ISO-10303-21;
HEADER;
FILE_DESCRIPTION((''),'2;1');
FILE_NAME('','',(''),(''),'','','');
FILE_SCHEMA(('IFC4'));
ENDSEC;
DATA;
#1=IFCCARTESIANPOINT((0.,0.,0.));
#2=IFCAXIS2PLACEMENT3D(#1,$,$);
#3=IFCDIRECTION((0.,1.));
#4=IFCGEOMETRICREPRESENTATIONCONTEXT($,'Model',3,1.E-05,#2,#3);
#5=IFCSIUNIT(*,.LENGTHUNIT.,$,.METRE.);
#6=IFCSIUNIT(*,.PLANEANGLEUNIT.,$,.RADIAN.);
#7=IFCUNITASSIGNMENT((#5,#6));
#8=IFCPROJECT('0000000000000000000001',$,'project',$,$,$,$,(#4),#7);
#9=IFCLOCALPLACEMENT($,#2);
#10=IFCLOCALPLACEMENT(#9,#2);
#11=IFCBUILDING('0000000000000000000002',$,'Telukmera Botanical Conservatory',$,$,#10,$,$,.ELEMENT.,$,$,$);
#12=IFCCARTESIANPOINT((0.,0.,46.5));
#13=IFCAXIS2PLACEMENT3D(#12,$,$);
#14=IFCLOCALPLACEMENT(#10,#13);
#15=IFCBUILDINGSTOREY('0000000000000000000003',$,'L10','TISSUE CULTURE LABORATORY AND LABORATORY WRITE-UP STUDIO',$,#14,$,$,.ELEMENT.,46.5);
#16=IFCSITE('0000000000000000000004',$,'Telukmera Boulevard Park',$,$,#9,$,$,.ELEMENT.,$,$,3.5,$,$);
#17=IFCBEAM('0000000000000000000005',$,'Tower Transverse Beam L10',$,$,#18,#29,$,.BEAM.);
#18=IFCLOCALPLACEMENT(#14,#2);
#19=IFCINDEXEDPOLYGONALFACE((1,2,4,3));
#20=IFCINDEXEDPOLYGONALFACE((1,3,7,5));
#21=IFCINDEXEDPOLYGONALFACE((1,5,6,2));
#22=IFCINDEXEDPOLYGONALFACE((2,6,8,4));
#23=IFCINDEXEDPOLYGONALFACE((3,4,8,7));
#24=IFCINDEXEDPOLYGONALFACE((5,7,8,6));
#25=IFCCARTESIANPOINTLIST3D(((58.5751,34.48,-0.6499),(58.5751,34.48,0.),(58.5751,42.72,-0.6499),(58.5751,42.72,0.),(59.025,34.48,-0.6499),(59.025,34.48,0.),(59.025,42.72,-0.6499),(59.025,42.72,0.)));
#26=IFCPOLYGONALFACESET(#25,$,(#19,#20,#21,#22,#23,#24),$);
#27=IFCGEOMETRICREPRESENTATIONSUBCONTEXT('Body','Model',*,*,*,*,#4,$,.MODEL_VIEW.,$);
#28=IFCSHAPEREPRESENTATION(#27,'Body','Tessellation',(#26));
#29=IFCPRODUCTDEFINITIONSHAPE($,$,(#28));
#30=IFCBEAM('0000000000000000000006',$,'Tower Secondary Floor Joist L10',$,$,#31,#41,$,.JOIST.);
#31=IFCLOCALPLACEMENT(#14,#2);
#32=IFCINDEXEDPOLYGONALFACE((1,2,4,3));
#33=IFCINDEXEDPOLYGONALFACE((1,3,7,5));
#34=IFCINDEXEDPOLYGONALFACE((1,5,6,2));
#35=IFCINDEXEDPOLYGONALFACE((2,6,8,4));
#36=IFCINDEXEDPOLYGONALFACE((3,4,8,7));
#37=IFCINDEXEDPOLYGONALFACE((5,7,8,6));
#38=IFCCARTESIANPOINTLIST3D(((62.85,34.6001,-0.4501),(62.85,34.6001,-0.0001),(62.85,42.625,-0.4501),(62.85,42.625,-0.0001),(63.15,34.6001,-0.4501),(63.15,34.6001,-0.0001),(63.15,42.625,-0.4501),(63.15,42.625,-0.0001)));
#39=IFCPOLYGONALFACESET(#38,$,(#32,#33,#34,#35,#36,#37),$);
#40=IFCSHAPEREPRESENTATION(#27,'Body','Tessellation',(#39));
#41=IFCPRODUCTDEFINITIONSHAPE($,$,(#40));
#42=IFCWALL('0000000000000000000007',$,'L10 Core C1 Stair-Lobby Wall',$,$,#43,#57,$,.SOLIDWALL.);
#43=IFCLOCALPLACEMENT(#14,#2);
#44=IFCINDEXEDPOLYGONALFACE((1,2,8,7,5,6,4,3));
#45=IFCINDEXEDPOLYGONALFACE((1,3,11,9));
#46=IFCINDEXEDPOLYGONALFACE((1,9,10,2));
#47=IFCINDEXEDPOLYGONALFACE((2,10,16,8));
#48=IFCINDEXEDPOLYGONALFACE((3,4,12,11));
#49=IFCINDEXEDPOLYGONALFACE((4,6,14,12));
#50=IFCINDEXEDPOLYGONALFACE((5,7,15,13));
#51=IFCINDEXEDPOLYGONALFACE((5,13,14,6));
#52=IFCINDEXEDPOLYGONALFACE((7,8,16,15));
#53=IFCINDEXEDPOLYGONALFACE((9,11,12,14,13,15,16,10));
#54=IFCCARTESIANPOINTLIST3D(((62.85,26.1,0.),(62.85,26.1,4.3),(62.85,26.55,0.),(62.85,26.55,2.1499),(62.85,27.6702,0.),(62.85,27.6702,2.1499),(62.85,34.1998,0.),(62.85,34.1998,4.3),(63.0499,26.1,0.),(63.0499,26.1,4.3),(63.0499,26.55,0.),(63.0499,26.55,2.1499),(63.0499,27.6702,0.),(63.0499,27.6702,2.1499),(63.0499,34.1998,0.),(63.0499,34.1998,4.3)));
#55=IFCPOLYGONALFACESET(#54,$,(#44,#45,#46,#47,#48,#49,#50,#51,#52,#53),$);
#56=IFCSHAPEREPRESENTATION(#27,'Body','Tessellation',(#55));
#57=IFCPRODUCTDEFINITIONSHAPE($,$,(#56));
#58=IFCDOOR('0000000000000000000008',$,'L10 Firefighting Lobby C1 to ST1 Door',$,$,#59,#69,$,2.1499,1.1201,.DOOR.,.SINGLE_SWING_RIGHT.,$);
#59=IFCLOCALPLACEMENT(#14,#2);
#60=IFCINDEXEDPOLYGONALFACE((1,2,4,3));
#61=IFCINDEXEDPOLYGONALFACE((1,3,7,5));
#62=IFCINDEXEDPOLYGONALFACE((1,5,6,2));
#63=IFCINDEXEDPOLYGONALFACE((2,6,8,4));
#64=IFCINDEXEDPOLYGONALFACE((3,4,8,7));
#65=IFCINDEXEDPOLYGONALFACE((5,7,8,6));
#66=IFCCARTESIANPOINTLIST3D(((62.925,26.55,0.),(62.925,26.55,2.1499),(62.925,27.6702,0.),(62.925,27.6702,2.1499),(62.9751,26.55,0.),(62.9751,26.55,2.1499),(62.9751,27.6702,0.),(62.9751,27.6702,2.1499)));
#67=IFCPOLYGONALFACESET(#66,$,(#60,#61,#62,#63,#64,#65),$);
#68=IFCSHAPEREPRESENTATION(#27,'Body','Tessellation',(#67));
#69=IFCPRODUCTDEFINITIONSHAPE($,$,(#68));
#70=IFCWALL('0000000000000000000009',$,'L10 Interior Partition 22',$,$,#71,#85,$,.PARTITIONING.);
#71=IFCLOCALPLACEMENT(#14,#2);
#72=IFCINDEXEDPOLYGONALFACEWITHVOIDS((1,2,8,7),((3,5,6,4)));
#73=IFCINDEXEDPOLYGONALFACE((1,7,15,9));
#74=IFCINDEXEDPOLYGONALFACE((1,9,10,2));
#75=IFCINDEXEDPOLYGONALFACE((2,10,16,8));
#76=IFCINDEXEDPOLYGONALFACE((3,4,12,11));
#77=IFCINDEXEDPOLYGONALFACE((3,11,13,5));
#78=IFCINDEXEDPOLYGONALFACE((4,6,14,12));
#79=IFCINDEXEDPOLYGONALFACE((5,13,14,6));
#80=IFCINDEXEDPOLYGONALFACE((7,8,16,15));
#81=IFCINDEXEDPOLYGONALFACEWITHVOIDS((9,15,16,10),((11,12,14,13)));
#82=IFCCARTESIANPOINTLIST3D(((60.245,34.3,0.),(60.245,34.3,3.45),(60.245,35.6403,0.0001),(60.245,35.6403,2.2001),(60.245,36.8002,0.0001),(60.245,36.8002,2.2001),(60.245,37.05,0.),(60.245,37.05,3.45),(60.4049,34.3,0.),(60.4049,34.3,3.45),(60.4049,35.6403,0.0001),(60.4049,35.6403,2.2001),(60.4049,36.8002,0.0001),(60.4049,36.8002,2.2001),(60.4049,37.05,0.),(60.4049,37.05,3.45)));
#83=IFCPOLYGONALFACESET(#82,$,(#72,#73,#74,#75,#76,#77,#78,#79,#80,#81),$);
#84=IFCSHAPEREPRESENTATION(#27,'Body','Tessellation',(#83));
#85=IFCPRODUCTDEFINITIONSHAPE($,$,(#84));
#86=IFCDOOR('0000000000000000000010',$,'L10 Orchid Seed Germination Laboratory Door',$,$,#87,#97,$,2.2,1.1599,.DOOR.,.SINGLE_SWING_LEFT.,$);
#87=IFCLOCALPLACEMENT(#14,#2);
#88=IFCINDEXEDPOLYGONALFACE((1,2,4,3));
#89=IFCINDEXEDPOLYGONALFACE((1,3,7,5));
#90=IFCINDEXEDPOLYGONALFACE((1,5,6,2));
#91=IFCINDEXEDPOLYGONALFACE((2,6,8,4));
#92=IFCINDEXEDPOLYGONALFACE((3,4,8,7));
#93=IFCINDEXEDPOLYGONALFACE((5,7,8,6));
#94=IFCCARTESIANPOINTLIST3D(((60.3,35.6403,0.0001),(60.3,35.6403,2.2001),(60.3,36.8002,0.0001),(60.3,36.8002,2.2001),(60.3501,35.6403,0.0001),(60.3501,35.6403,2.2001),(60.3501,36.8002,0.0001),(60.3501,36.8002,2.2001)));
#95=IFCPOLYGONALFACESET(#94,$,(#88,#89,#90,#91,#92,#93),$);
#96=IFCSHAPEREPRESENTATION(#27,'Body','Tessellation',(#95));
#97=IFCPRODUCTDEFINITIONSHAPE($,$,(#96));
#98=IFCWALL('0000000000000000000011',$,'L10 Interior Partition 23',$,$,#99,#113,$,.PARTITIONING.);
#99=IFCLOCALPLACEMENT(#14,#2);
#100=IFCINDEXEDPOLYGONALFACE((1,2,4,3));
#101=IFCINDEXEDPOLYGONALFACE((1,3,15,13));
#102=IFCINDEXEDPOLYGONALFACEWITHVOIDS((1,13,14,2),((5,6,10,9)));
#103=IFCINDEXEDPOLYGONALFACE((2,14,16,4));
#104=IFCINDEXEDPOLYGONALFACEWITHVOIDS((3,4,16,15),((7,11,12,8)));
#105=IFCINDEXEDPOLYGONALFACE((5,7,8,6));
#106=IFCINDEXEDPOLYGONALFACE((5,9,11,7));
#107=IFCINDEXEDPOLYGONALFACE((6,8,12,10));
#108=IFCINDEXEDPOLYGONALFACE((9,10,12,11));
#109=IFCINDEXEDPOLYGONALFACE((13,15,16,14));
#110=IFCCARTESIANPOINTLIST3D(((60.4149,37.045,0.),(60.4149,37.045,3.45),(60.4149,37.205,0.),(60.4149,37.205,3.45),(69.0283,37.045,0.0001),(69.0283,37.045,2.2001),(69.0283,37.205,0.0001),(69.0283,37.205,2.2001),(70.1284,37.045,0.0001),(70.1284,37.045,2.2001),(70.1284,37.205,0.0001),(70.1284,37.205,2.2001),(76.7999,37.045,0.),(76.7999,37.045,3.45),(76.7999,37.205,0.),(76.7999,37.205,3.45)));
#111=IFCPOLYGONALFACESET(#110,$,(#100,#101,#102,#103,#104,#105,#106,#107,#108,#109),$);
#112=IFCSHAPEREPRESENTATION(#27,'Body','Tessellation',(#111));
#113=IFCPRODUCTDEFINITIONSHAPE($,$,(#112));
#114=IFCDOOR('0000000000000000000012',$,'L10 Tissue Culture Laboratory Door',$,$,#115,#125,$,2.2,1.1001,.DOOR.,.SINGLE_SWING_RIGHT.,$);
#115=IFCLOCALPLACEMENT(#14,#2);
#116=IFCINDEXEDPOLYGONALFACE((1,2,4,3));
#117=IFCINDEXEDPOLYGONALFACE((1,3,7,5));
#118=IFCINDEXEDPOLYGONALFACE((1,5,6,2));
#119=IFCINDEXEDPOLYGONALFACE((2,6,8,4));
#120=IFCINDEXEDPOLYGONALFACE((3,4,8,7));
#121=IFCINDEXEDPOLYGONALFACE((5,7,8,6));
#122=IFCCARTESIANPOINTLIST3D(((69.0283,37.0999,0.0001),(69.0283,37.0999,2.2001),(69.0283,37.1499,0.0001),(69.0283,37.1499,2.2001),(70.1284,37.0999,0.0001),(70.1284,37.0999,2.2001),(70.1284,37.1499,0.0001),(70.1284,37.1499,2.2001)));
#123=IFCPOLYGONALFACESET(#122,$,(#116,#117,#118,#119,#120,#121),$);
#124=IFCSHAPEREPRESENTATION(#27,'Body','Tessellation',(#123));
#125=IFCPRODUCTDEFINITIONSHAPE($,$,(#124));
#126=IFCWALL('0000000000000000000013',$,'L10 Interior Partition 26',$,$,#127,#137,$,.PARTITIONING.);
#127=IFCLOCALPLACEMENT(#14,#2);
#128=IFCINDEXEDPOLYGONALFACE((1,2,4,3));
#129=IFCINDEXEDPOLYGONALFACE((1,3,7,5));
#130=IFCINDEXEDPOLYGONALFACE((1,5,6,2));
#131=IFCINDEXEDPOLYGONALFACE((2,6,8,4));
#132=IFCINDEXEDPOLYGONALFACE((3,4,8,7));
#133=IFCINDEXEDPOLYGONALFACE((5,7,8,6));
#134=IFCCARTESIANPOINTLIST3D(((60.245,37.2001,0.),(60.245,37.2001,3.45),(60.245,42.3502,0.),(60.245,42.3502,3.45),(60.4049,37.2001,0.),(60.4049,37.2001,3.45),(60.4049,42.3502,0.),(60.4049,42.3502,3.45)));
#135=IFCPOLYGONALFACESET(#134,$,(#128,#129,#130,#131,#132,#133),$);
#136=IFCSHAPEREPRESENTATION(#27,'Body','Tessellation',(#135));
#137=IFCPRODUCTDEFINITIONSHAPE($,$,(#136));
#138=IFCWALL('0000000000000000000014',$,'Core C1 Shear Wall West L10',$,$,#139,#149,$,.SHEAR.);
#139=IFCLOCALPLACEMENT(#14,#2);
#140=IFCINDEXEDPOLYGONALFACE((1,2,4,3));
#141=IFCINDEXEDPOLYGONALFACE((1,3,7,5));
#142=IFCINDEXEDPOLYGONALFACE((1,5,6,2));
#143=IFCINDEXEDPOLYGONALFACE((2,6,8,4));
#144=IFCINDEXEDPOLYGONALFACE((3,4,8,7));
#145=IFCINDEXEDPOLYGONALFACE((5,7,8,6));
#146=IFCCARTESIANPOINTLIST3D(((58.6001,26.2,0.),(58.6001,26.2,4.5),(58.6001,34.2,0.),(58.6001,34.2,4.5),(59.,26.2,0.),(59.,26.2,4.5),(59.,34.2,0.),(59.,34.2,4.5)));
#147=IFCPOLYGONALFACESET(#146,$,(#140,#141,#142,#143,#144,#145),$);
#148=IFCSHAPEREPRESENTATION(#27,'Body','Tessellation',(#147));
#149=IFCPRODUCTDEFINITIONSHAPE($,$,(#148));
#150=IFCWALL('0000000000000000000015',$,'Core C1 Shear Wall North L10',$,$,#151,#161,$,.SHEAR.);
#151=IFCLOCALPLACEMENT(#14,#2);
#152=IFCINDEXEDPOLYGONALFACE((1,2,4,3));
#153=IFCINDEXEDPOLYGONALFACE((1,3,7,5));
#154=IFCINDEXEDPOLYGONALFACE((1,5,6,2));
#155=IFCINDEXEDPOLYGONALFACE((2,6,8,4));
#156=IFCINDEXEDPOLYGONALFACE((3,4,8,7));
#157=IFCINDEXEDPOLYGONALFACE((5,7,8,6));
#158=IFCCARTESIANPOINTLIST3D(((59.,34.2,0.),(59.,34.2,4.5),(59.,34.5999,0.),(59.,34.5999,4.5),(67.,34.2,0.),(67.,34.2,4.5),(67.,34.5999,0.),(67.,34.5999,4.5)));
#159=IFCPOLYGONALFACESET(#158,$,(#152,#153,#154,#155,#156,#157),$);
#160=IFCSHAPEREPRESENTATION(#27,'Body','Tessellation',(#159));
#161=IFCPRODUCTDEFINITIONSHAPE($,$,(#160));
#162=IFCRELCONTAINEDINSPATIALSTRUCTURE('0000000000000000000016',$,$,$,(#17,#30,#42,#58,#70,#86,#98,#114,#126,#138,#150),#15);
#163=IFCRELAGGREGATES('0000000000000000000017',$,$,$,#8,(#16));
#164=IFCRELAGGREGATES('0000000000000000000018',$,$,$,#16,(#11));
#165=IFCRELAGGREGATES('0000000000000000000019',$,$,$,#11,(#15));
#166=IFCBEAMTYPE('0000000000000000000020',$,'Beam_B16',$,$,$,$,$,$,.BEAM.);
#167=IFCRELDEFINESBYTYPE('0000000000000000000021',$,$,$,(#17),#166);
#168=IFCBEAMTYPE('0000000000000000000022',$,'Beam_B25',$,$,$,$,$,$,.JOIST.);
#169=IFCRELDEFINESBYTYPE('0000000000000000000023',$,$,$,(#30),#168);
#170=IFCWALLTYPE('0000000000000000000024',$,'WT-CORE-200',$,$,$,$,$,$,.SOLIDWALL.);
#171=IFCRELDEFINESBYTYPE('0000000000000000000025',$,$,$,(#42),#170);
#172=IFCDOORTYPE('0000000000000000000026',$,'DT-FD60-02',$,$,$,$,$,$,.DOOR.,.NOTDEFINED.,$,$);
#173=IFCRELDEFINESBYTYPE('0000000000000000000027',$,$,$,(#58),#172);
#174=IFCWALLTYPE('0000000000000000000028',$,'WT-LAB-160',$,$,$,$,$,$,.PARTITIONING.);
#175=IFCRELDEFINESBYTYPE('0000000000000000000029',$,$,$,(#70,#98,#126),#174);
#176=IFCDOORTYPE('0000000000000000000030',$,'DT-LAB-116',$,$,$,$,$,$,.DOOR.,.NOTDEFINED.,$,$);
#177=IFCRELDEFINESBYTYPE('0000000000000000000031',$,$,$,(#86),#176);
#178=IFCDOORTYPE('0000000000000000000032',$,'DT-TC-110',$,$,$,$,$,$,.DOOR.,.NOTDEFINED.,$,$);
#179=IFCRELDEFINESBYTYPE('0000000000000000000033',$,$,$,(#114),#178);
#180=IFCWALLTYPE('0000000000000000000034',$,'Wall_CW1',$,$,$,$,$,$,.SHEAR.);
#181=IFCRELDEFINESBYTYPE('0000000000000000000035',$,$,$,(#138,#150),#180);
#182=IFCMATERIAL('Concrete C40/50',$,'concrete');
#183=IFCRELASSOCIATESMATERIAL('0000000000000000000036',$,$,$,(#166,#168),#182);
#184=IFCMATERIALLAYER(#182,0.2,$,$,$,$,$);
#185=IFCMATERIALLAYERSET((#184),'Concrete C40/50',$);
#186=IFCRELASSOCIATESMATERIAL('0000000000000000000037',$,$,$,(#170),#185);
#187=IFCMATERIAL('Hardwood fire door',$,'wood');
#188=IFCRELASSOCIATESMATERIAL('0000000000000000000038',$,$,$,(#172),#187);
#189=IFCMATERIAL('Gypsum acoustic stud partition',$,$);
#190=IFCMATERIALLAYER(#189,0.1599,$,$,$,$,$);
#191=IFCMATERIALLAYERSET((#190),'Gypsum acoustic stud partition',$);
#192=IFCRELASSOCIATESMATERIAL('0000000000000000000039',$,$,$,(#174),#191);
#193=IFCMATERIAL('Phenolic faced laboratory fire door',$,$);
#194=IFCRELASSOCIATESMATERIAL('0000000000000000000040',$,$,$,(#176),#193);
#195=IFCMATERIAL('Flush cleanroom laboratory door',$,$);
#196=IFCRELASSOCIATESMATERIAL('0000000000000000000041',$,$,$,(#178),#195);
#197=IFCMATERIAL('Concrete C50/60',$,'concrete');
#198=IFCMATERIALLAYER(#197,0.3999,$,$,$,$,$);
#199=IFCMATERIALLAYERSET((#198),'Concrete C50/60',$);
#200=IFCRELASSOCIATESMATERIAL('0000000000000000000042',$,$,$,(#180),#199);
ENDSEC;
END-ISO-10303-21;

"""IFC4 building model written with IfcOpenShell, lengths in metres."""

from ifc_helpers import new_model, si_unit, direction, frame, frame_2d, origin, origin_2d, place, context, subcontext, project, spatial, rectangle, extrude, material, layer, layer_set, material_profile, profile_set, type_object, element, fill, save


model = new_model("IFC4")

# Units and contexts
model_context = context("Model", 3, precision=1e-05, world=origin(), true_north=direction((0.0, 1.0)))
body_context = subcontext(model_context, "Body", "Model", "MODEL_VIEW")
ifc_project = project(units=[si_unit("LENGTHUNIT", "METRE"), si_unit("PLANEANGLEUNIT", "RADIAN")], contexts=[model_context])

# Site, building, storey
site_placement = place(None, origin())
site = spatial("IfcSite", under=ifc_project, at=site_placement, Name="Telukmera Boulevard Park", CompositionType="ELEMENT", RefElevation=3.5)
building_placement = place(site_placement, origin())
building = spatial("IfcBuilding", under=site, at=building_placement, Name="Telukmera Botanical Conservatory", CompositionType="ELEMENT")
storey_placement = place(building_placement, frame((0.0, 0.0, 46.5)))
storey = spatial("IfcBuildingStorey", under=building, at=storey_placement, Name="L10", Description="TISSUE CULTURE LABORATORY AND LABORATORY WRITE-UP STUDIO", CompositionType="ELEMENT", Elevation=46.5)

# Beams
ifc_material_1 = material(Name="Concrete C40/50", Category="concrete")
ifc_material_profile_1 = material_profile(ifc_material_1, rectangle(XDim=0.45, YDim=0.6499, at=origin_2d()), Name="RC 450x650")
ifc_profile_set_1 = profile_set([ifc_material_profile_1], Name="Concrete C40/50")
beam_type_1 = type_object("IfcBeamType", Name="Beam_B16", PredefinedType="BEAM", material=ifc_profile_set_1)
beam_1_placement = place(storey_placement, frame((58.8, 34.48, -0.325), z_axis=(0.0, 1.0, 0.0), x_axis=(-1.0, 0.0, 0.0)))
element("IfcBeam", 1, at=beam_1_placement, inside=storey, type_object=beam_type_1, Name="Tower Transverse Beam L10", PredefinedType="BEAM", context=body_context, shape_type="SweptSolid", body=[
    extrude(rectangle(XDim=0.45, YDim=0.6499, at=origin_2d()), origin(), (0.0, 0.0, 1.0), 8.24),
])
ifc_material_profile_2 = material_profile(ifc_material_1, rectangle(XDim=0.3, YDim=0.45, at=origin_2d()), Name="RC 300x450")
ifc_profile_set_2 = profile_set([ifc_material_profile_2], Name="Concrete C40/50")
beam_type_2 = type_object("IfcBeamType", Name="Beam_B25", PredefinedType="JOIST", material=ifc_profile_set_2)
beam_2_placement = place(storey_placement, frame((63.0, 34.6001, -0.2251), z_axis=(0.0, 1.0, 0.0), x_axis=(-1.0, 0.0, 0.0)))
element("IfcBeam", 2, at=beam_2_placement, inside=storey, type_object=beam_type_2, Name="Tower Secondary Floor Joist L10", PredefinedType="JOIST", context=body_context, shape_type="SweptSolid", body=[
    extrude(rectangle(XDim=0.3, YDim=0.45, at=origin_2d()), origin(), (0.0, 0.0, 1.0), 8.0249),
])

# Walls, openings, doors
ifc_layer_1 = layer(ifc_material_1, 0.2)
ifc_layer_set_1 = layer_set([ifc_layer_1], Name="Concrete C40/50")
wall_type_1 = type_object("IfcWallType", Name="WT-CORE-200", PredefinedType="SOLIDWALL", material=ifc_layer_set_1)
wall_1_placement = place(storey_placement, frame((62.95, 26.1001, 0.0), z_axis=(0.0, 0.0, 1.0), x_axis=(0.0, 1.0, 0.0)))
wall_1 = element("IfcWall", 3, at=wall_1_placement, inside=storey, type_object=wall_type_1, Name="L10 Core C1 Stair-Lobby Wall", PredefinedType="SOLIDWALL", context=body_context, shape_type="SweptSolid", body=[
    extrude(rectangle(XDim=8.0999, YDim=0.2, at=frame_2d((4.0498, 0.0))), origin(), (0.0, 0.0, 1.0), 4.3),
])
opening_1_placement = place(wall_1_placement, frame((0.45, 0.0, 0.0)))
opening_1 = element("IfcOpeningElement", 4, at=opening_1_placement, cuts=wall_1, PredefinedType="OPENING", context=body_context, shape_type="SweptSolid", body=[
    extrude(rectangle(XDim=1.1201, YDim=2.1499, at=frame_2d((0.5601, 1.075))), frame((0.0, 0.1099, 0.0), z_axis=(0.0, -1.0, 0.0), x_axis=(1.0, 0.0, 0.0)), (0.0, 0.0, 1.0), 0.22),
])
ifc_material_2 = material(Name="Hardwood fire door", Category="wood")
door_type_1 = type_object("IfcDoorType", Name="DT-FD60-02", OperationType="NOTDEFINED", PredefinedType="DOOR", material=ifc_material_2)
door_1_placement = place(opening_1_placement, origin())
door_1 = element("IfcDoor", 5, at=door_1_placement, inside=storey, type_object=door_type_1, Name="L10 Firefighting Lobby C1 to ST1 Door", OperationType="SINGLE_SWING_RIGHT", OverallHeight=2.1499, OverallWidth=1.1201, PredefinedType="DOOR", context=body_context, shape_type="SweptSolid", body=[
    extrude(rectangle(XDim=1.1201, YDim=2.1499, at=frame_2d((0.5601, 1.075))), frame((0.0, 0.0249, 0.0), z_axis=(0.0, -1.0, 0.0), x_axis=(1.0, 0.0, 0.0)), (0.0, 0.0, 1.0), 0.05),
])
fill(opening_1, door_1)
ifc_material_3 = material(Name="Gypsum acoustic stud partition")
ifc_layer_2 = layer(ifc_material_3, 0.1599)
ifc_layer_set_2 = layer_set([ifc_layer_2], Name="Gypsum acoustic stud partition")
wall_type_2 = type_object("IfcWallType", Name="WT-LAB-160", PredefinedType="PARTITIONING", material=ifc_layer_set_2)
wall_2_placement = place(storey_placement, frame((60.325, 34.3, 0.0), z_axis=(0.0, 0.0, 1.0), x_axis=(0.0, 1.0, 0.0)))
wall_2 = element("IfcWall", 6, at=wall_2_placement, inside=storey, type_object=wall_type_2, Name="L10 Interior Partition 22", PredefinedType="PARTITIONING", context=body_context, shape_type="SweptSolid", body=[
    extrude(rectangle(XDim=2.75, YDim=0.1599, at=frame_2d((1.375, 0.0))), origin(), (0.0, 0.0, 1.0), 3.45),
])
opening_2_placement = place(wall_2_placement, frame((1.3401, 0.0, 0.0)))
opening_2 = element("IfcOpeningElement", 7, at=opening_2_placement, cuts=wall_2, PredefinedType="OPENING", context=body_context, shape_type="SweptSolid", body=[
    extrude(rectangle(XDim=1.1599, YDim=2.2, at=frame_2d((0.5801, 1.1001))), frame((0.0, 0.0898, 0.0), z_axis=(0.0, -1.0, 0.0), x_axis=(1.0, 0.0, 0.0)), (0.0, 0.0, 1.0), 0.1799),
])
ifc_material_4 = material(Name="Phenolic faced laboratory fire door")
door_type_2 = type_object("IfcDoorType", Name="DT-LAB-116", OperationType="NOTDEFINED", PredefinedType="DOOR", material=ifc_material_4)
door_2_placement = place(opening_2_placement, origin())
door_2 = element("IfcDoor", 8, at=door_2_placement, inside=storey, type_object=door_type_2, Name="L10 Orchid Seed Germination Laboratory Door", OperationType="SINGLE_SWING_LEFT", OverallHeight=2.2, OverallWidth=1.1599, PredefinedType="DOOR", context=body_context, shape_type="SweptSolid", body=[
    extrude(rectangle(XDim=1.1599, YDim=2.2, at=frame_2d((0.5801, 1.1001))), frame((0.0, 0.0249, 0.0), z_axis=(0.0, -1.0, 0.0), x_axis=(1.0, 0.0, 0.0)), (0.0, 0.0, 1.0), 0.05),
])
fill(opening_2, door_2)
wall_3_placement = place(storey_placement, frame((60.415, 37.125, 0.0), z_axis=(0.0, 0.0, 1.0), x_axis=(1.0, 0.0, 0.0)))
wall_3 = element("IfcWall", 9, at=wall_3_placement, inside=storey, type_object=wall_type_2, Name="L10 Interior Partition 23", PredefinedType="PARTITIONING", context=body_context, shape_type="SweptSolid", body=[
    extrude(rectangle(XDim=16.385, YDim=0.1599, at=frame_2d((8.1924, 0.0))), origin(), (0.0, 0.0, 1.0), 3.45),
])
opening_3_placement = place(wall_3_placement, frame((8.6133, 0.0, 0.0)))
opening_3 = element("IfcOpeningElement", 10, at=opening_3_placement, cuts=wall_3, PredefinedType="OPENING", context=body_context, shape_type="SweptSolid", body=[
    extrude(rectangle(XDim=1.1001, YDim=2.2, at=frame_2d((0.55, 1.1001))), frame((0.0, 0.0898, 0.0), z_axis=(0.0, -1.0, 0.0), x_axis=(1.0, 0.0, 0.0)), (0.0, 0.0, 1.0), 0.1799),
])
ifc_material_5 = material(Name="Flush cleanroom laboratory door")
door_type_3 = type_object("IfcDoorType", Name="DT-TC-110", OperationType="NOTDEFINED", PredefinedType="DOOR", material=ifc_material_5)
door_3_placement = place(opening_3_placement, origin())
door_3 = element("IfcDoor", 11, at=door_3_placement, inside=storey, type_object=door_type_3, Name="L10 Tissue Culture Laboratory Door", OperationType="SINGLE_SWING_RIGHT", OverallHeight=2.2, OverallWidth=1.1001, PredefinedType="DOOR", context=body_context, shape_type="SweptSolid", body=[
    extrude(rectangle(XDim=1.1001, YDim=2.2, at=frame_2d((0.55, 1.1001))), frame((0.0, 0.0249, 0.0), z_axis=(0.0, -1.0, 0.0), x_axis=(1.0, 0.0, 0.0)), (0.0, 0.0, 1.0), 0.05),
])
fill(opening_3, door_3)

# Walls
wall_4_placement = place(storey_placement, frame((60.325, 37.2, 0.0), z_axis=(0.0, 0.0, 1.0), x_axis=(0.0, 1.0, 0.0)))
element("IfcWall", 12, at=wall_4_placement, inside=storey, type_object=wall_type_2, Name="L10 Interior Partition 26", PredefinedType="PARTITIONING", context=body_context, shape_type="SweptSolid", body=[
    extrude(rectangle(XDim=5.1501, YDim=0.1599, at=frame_2d((2.5752, 0.0))), origin(), (0.0, 0.0, 1.0), 3.45),
])
ifc_material_6 = material(Name="Concrete C50/60", Category="concrete")
ifc_layer_3 = layer(ifc_material_6, 0.3999)
ifc_layer_set_3 = layer_set([ifc_layer_3], Name="Concrete C50/60")
wall_type_3 = type_object("IfcWallType", Name="Wall_CW1", PredefinedType="SHEAR", material=ifc_layer_set_3)
for number, where, z_axis, x_axis, name in (
    (13, (58.8, 26.2, 0.0), (0.0, 0.0, 1.0), (0.0, 1.0, 0.0), "Core C1 Shear Wall West L10"),
    (14, (59.0, 34.3999, 0.0), (0.0, 0.0, 1.0), (1.0, 0.0, 0.0), "Core C1 Shear Wall North L10"),
):
    element("IfcWall", number, at=place(storey_placement, frame(where, z_axis=z_axis, x_axis=x_axis)), inside=storey, type_object=wall_type_3, Name=name, PredefinedType="SHEAR", context=body_context, shape_type="SweptSolid", body=[
        extrude(rectangle(XDim=8.0, YDim=0.3999, at=frame_2d((4.0, 0.0))), origin(), (0.0, 0.0, 1.0), 4.5),
    ])

save(model, "model.ifc")
